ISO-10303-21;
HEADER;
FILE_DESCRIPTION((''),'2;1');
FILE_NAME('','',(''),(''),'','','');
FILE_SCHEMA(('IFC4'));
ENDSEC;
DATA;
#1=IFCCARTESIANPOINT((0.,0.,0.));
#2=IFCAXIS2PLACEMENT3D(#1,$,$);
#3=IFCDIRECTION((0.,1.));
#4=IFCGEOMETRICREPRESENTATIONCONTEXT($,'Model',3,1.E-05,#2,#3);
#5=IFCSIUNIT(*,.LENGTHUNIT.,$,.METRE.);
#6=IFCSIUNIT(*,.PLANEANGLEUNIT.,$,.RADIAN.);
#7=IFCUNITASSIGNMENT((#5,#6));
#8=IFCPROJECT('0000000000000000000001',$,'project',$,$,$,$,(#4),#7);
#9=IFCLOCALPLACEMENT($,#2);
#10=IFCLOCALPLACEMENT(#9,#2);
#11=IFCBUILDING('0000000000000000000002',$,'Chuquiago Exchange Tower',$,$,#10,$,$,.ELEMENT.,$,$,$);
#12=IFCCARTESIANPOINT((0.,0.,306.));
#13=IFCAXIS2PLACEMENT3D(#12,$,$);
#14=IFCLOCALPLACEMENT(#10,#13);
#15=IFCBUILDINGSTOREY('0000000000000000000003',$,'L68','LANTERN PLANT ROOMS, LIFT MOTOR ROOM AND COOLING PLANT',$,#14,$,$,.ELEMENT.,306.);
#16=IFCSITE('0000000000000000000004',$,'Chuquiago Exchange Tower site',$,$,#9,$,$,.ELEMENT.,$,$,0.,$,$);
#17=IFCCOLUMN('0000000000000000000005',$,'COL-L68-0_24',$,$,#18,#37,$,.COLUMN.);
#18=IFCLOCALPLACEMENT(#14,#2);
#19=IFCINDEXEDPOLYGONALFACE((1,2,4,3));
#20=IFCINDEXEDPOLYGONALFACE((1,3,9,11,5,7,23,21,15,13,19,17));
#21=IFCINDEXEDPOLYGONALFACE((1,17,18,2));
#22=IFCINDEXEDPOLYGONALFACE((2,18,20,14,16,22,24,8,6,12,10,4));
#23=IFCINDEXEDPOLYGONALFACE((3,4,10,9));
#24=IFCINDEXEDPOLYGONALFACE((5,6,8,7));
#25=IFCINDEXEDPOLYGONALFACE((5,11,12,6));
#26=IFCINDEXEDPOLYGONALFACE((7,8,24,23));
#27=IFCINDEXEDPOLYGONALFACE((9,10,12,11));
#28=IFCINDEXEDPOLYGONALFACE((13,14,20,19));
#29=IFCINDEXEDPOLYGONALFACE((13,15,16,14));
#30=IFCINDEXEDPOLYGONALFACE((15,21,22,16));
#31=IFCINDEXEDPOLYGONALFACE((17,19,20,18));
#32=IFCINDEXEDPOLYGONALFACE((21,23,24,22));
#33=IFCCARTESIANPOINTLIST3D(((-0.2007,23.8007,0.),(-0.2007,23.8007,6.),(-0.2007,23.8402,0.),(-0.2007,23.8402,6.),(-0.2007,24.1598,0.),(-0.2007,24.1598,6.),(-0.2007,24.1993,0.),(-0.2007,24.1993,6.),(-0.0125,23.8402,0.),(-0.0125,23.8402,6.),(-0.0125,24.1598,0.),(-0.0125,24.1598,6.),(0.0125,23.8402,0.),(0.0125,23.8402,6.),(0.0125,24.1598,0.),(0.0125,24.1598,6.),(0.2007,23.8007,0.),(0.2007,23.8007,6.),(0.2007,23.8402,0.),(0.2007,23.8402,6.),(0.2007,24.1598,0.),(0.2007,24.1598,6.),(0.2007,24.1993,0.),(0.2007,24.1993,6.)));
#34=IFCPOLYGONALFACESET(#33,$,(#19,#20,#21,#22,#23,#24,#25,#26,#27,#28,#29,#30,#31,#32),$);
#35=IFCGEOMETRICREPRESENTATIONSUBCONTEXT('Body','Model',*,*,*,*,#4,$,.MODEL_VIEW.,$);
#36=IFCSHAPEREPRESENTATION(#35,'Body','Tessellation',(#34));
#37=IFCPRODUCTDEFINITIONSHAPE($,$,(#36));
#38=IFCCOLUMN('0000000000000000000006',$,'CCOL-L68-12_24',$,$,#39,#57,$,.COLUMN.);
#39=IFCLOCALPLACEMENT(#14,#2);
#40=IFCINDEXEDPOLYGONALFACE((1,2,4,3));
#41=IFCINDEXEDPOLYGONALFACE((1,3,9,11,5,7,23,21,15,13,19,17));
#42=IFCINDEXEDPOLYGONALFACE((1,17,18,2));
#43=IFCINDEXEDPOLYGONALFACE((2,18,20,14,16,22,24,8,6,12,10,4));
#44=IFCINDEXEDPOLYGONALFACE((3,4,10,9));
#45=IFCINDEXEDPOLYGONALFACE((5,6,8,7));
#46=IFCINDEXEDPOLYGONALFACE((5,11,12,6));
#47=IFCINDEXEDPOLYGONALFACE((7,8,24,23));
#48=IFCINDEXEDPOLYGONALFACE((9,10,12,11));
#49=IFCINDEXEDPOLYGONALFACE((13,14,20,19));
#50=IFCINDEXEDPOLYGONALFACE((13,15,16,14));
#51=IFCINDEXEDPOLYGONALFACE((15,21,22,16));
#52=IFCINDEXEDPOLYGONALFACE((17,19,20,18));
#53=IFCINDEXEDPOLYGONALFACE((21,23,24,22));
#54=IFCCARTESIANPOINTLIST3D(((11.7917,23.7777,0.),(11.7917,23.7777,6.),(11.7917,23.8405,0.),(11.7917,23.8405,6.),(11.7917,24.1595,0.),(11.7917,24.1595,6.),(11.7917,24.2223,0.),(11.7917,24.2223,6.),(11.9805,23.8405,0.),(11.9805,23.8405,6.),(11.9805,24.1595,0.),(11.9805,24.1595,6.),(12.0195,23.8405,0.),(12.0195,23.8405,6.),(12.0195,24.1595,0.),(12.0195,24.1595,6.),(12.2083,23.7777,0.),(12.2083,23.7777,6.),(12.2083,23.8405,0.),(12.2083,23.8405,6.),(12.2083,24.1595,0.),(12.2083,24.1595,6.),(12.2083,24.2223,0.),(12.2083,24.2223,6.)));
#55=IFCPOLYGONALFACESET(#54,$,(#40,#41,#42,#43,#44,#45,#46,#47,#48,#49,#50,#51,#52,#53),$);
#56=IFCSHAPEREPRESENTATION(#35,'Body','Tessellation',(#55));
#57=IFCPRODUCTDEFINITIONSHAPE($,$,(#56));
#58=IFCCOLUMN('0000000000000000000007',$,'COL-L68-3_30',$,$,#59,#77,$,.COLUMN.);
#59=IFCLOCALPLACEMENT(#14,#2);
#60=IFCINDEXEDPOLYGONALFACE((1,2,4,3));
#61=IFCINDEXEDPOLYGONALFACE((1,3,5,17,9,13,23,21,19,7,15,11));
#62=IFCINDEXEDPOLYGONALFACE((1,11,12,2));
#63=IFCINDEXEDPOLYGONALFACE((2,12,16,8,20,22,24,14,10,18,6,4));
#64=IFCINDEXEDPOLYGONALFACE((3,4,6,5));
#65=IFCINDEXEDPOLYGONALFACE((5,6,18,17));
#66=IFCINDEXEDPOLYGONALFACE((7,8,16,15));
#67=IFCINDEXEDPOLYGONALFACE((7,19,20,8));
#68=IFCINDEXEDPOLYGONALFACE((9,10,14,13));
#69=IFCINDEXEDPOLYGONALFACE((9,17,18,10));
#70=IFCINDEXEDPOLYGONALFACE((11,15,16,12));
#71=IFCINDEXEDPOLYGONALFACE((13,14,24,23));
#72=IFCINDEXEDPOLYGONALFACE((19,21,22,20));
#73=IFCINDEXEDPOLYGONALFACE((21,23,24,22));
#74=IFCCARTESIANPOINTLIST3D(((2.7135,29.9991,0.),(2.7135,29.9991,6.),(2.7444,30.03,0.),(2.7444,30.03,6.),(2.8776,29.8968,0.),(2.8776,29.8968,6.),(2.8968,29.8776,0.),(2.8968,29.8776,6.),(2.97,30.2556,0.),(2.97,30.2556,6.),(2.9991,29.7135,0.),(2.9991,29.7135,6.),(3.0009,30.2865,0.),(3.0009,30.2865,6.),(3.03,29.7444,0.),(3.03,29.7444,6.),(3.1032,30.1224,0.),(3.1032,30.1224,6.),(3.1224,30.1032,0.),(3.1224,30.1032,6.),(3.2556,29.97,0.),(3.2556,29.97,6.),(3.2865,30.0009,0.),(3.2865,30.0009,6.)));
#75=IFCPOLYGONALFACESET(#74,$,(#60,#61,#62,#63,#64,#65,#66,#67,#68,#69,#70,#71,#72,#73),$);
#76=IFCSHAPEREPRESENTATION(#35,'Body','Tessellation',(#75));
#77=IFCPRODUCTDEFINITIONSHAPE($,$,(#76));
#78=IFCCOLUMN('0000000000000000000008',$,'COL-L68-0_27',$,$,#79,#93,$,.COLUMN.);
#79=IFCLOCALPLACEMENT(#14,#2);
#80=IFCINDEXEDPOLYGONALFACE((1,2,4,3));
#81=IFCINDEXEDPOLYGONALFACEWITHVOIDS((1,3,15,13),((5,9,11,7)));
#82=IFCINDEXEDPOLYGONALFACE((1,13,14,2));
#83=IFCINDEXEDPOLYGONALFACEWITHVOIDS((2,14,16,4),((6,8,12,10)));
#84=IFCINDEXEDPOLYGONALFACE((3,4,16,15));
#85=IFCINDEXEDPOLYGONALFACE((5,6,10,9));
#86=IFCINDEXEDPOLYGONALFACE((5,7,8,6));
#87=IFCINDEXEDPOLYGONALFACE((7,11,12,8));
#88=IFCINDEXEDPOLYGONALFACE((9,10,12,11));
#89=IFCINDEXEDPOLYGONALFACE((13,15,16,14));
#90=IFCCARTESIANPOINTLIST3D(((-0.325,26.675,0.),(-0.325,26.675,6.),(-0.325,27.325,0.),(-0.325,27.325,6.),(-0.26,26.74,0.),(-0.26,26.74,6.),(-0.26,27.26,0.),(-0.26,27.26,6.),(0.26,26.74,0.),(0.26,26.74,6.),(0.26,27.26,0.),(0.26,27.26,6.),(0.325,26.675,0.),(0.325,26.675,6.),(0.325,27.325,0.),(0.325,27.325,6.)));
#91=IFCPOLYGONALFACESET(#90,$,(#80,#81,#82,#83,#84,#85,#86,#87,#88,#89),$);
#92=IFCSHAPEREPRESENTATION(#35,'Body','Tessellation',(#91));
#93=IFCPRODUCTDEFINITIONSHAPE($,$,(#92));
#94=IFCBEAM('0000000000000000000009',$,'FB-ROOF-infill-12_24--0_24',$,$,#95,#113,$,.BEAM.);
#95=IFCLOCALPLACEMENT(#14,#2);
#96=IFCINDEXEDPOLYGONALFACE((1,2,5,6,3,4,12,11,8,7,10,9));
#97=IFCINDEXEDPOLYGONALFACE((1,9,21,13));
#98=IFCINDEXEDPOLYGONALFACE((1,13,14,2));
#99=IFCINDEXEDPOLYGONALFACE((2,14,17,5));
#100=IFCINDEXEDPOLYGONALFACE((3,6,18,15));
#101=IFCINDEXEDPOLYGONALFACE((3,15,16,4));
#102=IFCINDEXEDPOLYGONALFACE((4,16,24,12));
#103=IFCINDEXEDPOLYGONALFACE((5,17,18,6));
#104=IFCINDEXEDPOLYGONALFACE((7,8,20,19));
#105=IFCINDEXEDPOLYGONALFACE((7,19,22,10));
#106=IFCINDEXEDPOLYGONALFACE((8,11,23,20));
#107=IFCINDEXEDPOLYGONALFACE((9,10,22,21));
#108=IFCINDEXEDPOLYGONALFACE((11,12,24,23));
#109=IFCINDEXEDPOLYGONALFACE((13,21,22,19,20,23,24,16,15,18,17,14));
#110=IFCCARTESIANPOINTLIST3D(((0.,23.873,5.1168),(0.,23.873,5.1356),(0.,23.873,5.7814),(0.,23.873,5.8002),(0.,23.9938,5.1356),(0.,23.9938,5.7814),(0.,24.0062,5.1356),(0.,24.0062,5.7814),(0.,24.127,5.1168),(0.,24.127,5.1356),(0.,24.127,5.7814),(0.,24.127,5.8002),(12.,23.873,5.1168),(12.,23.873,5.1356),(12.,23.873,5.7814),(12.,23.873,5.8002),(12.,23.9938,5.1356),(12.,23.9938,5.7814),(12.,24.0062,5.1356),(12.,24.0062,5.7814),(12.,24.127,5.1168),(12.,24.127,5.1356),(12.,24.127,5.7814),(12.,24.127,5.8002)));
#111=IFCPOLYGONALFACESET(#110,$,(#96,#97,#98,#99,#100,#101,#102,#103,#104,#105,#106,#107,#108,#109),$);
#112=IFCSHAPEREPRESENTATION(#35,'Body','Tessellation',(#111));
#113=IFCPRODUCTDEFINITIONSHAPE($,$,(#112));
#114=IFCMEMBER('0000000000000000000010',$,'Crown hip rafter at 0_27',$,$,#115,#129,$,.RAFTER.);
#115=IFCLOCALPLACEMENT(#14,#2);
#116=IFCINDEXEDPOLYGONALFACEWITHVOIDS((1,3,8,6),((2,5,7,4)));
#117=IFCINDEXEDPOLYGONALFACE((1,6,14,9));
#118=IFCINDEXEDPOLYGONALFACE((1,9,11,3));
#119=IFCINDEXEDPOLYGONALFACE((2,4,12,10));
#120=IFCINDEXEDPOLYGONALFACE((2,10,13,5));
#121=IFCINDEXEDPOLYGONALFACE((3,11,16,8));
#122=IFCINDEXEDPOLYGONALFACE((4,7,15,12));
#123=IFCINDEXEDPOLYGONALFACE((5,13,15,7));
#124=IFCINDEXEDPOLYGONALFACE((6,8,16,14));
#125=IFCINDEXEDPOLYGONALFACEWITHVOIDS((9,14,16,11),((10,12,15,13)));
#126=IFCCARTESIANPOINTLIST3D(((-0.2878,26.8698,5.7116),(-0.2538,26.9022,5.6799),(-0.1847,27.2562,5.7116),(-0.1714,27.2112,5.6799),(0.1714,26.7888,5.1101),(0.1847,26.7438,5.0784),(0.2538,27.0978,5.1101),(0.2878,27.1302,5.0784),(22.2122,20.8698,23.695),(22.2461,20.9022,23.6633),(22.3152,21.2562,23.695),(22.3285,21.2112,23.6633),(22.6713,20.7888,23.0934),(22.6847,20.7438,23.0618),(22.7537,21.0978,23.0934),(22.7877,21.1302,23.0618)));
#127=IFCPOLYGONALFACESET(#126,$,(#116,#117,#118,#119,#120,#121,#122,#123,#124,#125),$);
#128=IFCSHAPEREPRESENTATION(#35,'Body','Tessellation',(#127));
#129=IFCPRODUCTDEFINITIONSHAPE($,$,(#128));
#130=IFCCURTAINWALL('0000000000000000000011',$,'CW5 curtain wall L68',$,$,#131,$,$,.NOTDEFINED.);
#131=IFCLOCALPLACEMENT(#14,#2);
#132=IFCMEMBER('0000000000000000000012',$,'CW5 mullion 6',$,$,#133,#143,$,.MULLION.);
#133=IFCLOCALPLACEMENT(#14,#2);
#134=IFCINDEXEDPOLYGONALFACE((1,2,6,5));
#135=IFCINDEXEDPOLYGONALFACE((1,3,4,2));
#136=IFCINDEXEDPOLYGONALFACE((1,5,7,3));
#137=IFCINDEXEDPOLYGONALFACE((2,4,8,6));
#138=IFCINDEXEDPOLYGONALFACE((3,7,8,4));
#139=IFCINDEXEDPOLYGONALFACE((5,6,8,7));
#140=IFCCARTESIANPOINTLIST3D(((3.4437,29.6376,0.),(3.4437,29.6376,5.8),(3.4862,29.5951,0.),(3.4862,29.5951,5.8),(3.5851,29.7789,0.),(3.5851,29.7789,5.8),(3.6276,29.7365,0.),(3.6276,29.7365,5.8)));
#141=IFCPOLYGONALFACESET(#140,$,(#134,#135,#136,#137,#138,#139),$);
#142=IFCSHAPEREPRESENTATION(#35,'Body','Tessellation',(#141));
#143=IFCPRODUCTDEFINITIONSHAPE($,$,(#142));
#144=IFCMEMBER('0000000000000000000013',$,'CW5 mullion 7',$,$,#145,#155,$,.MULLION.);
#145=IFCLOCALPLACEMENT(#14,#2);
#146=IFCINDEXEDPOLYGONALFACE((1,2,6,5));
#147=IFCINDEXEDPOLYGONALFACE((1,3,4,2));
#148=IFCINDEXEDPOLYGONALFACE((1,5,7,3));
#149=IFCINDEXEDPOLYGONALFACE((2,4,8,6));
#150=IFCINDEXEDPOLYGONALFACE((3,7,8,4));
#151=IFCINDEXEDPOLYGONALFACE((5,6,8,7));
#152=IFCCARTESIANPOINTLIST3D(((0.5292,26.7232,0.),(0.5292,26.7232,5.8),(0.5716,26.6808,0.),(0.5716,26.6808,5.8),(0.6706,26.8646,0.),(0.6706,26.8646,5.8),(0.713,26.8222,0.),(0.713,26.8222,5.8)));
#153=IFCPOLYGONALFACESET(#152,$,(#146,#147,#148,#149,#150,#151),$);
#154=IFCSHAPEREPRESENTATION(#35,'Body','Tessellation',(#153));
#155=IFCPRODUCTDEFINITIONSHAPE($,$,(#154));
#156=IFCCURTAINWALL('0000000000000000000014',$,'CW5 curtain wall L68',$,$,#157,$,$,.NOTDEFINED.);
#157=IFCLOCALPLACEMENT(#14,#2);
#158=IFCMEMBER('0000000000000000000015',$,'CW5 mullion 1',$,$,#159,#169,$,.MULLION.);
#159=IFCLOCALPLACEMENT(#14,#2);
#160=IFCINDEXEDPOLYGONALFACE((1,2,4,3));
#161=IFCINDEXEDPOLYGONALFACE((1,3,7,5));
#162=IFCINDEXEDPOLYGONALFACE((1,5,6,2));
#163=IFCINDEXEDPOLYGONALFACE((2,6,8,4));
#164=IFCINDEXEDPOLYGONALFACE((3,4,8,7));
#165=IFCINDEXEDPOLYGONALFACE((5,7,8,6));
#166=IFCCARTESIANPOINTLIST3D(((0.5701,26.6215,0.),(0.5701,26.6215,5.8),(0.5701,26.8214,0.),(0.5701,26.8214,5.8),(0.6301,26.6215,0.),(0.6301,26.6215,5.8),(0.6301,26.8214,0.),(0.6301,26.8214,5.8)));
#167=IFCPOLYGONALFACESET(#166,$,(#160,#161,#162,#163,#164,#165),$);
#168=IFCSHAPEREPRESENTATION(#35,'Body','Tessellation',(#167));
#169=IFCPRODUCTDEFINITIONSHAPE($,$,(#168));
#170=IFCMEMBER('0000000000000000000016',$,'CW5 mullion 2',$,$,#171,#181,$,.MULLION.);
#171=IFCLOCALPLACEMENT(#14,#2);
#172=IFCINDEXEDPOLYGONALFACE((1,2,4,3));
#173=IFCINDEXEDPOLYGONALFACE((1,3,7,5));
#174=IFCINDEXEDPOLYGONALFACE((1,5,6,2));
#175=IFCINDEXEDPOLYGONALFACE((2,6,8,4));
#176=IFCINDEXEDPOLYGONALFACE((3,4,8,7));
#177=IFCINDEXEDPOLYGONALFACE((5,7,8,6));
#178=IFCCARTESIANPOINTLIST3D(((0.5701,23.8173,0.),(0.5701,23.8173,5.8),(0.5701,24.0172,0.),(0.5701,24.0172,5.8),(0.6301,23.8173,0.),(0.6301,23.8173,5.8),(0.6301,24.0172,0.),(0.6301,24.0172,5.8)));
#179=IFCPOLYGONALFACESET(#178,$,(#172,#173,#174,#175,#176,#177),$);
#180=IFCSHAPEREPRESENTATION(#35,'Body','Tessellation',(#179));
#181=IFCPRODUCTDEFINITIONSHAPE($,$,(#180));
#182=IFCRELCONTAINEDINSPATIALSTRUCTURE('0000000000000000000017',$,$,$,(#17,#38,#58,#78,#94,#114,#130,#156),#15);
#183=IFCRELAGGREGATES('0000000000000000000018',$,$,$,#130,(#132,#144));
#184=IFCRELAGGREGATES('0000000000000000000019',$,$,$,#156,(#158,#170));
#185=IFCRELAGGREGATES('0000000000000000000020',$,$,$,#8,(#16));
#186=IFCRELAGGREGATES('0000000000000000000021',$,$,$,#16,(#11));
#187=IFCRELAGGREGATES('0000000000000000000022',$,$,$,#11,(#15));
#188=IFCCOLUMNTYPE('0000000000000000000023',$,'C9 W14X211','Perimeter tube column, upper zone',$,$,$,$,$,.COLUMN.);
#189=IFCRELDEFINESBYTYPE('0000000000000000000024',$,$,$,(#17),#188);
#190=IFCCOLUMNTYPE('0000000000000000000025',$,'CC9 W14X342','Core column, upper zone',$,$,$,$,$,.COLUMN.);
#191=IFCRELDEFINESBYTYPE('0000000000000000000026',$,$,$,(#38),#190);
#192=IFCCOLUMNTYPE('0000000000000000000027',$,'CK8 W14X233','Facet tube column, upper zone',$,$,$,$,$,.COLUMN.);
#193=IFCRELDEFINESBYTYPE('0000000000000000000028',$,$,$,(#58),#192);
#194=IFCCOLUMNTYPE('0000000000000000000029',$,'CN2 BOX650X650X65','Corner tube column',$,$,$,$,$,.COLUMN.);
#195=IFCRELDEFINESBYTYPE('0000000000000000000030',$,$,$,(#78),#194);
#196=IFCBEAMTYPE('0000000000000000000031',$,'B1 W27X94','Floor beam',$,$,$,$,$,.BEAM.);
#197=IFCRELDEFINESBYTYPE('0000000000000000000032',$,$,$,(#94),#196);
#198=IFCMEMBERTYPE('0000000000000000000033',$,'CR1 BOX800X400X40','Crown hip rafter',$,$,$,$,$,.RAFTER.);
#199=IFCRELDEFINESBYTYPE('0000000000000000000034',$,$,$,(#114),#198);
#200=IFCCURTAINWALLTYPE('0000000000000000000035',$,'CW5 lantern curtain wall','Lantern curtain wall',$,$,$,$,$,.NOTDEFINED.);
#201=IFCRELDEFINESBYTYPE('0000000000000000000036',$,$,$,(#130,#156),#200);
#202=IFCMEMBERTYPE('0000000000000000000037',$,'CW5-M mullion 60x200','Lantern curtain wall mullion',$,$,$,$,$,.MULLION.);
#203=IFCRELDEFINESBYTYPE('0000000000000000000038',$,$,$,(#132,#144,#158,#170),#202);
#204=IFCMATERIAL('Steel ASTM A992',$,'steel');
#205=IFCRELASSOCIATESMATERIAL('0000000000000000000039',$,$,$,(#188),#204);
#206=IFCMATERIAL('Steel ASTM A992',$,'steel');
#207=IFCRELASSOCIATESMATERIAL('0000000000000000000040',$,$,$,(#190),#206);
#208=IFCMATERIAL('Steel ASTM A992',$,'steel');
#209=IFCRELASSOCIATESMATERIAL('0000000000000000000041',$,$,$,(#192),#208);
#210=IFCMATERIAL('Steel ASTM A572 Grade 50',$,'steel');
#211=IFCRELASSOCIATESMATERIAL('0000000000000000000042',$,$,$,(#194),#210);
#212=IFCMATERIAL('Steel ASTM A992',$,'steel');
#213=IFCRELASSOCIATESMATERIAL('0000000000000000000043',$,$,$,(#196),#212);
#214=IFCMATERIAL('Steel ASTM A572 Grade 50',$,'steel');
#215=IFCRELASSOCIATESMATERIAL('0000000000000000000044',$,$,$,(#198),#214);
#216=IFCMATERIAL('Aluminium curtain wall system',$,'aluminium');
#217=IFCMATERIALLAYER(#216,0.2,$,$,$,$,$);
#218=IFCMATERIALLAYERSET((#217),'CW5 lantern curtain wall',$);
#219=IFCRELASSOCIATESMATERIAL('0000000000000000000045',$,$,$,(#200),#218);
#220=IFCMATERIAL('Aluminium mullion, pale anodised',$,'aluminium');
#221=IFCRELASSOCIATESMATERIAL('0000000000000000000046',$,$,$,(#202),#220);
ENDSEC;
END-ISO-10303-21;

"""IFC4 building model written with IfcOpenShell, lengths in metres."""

from ifc_helpers import new_model, si_unit, direction, frame, origin, origin_2d, place, context, subcontext, project, spatial, rectangle, hollow_rectangle, i_section, extrude, material, layer, layer_set, material_profile, profile_set, type_object, element, aggregate, save


model = new_model("IFC4")

# Units and contexts
model_context = context("Model", 3, precision=1e-05, world=origin(), true_north=direction((0.0, 1.0)))
body_context = subcontext(model_context, "Body", "Model", "MODEL_VIEW")
ifc_project = project(units=[si_unit("LENGTHUNIT", "METRE"), si_unit("PLANEANGLEUNIT", "RADIAN")], contexts=[model_context])

# Site, building, storey
site_placement = place(None, origin())
site = spatial("IfcSite", under=ifc_project, at=site_placement, Name="Chuquiago Exchange Tower site", CompositionType="ELEMENT", RefElevation=0.0)
building_placement = place(site_placement, origin())
building = spatial("IfcBuilding", under=site, at=building_placement, Name="Chuquiago Exchange Tower", CompositionType="ELEMENT")
storey_placement = place(building_placement, frame((0.0, 0.0, 306.0)))
storey = spatial("IfcBuildingStorey", under=building, at=storey_placement, Name="L68", Description="LANTERN PLANT ROOMS, LIFT MOTOR ROOM AND COOLING PLANT", CompositionType="ELEMENT", Elevation=306.0)

# Columns
ifc_material_1 = material(Name="Steel ASTM A992", Category="steel")
ifc_material_profile_1 = material_profile(ifc_material_1, i_section(OverallWidth=0.4014, OverallDepth=0.3987, WebThickness=0.0249, FlangeThickness=0.0396, at=origin_2d()), Name="W14X211")
ifc_profile_set_1 = profile_set([ifc_material_profile_1], Name="Steel ASTM A992")
column_type_1 = type_object("IfcColumnType", Name="C9 W14X211", Description="Perimeter tube column, upper zone", PredefinedType="COLUMN", material=ifc_profile_set_1)
column_1_placement = place(storey_placement, frame((0.0, 24.0, 0.0), z_axis=(0.0, 0.0, 1.0), x_axis=(-1.0, 0.0, 0.0)))
element("IfcColumn", 1, at=column_1_placement, inside=storey, type_object=column_type_1, Name="COL-L68-0_24", PredefinedType="COLUMN", context=body_context, shape_type="SweptSolid", body=[
    extrude(i_section(OverallWidth=0.4014, OverallDepth=0.3987, WebThickness=0.0249, FlangeThickness=0.0396, at=origin_2d()), origin(), (0.0, 0.0, 1.0), 6.0),
])
ifc_material_2 = material(Name="Steel ASTM A992", Category="steel")
ifc_material_profile_2 = material_profile(ifc_material_2, i_section(OverallWidth=0.4165, OverallDepth=0.4446, WebThickness=0.0391, FlangeThickness=0.0627, at=origin_2d()), Name="W14X342")
ifc_profile_set_2 = profile_set([ifc_material_profile_2], Name="Steel ASTM A992")
column_type_2 = type_object("IfcColumnType", Name="CC9 W14X342", Description="Core column, upper zone", PredefinedType="COLUMN", material=ifc_profile_set_2)
column_2_placement = place(storey_placement, frame((12.0, 24.0, 0.0), z_axis=(0.0, 0.0, 1.0), x_axis=(1.0, 0.0, 0.0)))
element("IfcColumn", 2, at=column_2_placement, inside=storey, type_object=column_type_2, Name="CCOL-L68-12_24", PredefinedType="COLUMN", context=body_context, shape_type="SweptSolid", body=[
    extrude(i_section(OverallWidth=0.4165, OverallDepth=0.4446, WebThickness=0.0391, FlangeThickness=0.0627, at=origin_2d()), origin(), (0.0, 0.0, 1.0), 6.0),
])
ifc_material_3 = material(Name="Steel ASTM A992", Category="steel")
ifc_material_profile_3 = material_profile(ifc_material_3, i_section(OverallWidth=0.4038, OverallDepth=0.4065, WebThickness=0.0271, FlangeThickness=0.0437, at=origin_2d()), Name="W14X233")
ifc_profile_set_3 = profile_set([ifc_material_profile_3], Name="Steel ASTM A992")
column_type_3 = type_object("IfcColumnType", Name="CK8 W14X233", Description="Facet tube column, upper zone", PredefinedType="COLUMN", material=ifc_profile_set_3)
column_3_placement = place(storey_placement, frame((3.0, 30.0, 0.0), z_axis=(0.0, 0.0, 1.0), x_axis=(-0.707107, 0.707107, 0.0)))
element("IfcColumn", 3, at=column_3_placement, inside=storey, type_object=column_type_3, Name="COL-L68-3_30", PredefinedType="COLUMN", context=body_context, shape_type="SweptSolid", body=[
    extrude(i_section(OverallWidth=0.4038, OverallDepth=0.4065, WebThickness=0.0271, FlangeThickness=0.0437, at=origin_2d()), origin(), (0.0, 0.0, 1.0), 6.0),
])
ifc_material_4 = material(Name="Steel ASTM A572 Grade 50", Category="steel")
ifc_material_profile_4 = material_profile(ifc_material_4, hollow_rectangle(XDim=0.6499, YDim=0.6499, WallThickness=0.0649, at=origin_2d()), Name="BOX650X650X65")
ifc_profile_set_4 = profile_set([ifc_material_profile_4], Name="Steel ASTM A572 Grade 50")
column_type_4 = type_object("IfcColumnType", Name="CN2 BOX650X650X65", Description="Corner tube column", PredefinedType="COLUMN", material=ifc_profile_set_4)
column_4_placement = place(storey_placement, frame((0.0, 27.0, 0.0), z_axis=(0.0, 0.0, 1.0), x_axis=(-1.0, 0.0, 0.0)))
element("IfcColumn", 4, at=column_4_placement, inside=storey, type_object=column_type_4, Name="COL-L68-0_27", PredefinedType="COLUMN", context=body_context, shape_type="SweptSolid", body=[
    extrude(hollow_rectangle(XDim=0.6499, YDim=0.6499, WallThickness=0.0649, at=origin_2d()), origin(), (0.0, 0.0, 1.0), 6.0),
])

# Beam
ifc_material_5 = material(Name="Steel ASTM A992", Category="steel")
ifc_material_profile_5 = material_profile(ifc_material_5, i_section(OverallWidth=0.2539, OverallDepth=0.6833, WebThickness=0.0125, FlangeThickness=0.0188, at=origin_2d()), Name="W27X94")
ifc_profile_set_5 = profile_set([ifc_material_profile_5], Name="Steel ASTM A992")
beam_type_1 = type_object("IfcBeamType", Name="B1 W27X94", Description="Floor beam", PredefinedType="BEAM", material=ifc_profile_set_5)
beam_1_placement = place(storey_placement, frame((12.0, 24.0, 5.4585), z_axis=(-1.0, 0.0, 0.0), x_axis=(0.0, -1.0, 0.0)))
element("IfcBeam", 5, at=beam_1_placement, inside=storey, type_object=beam_type_1, Name="FB-ROOF-infill-12_24--0_24", PredefinedType="BEAM", context=body_context, shape_type="SweptSolid", body=[
    extrude(i_section(OverallWidth=0.2539, OverallDepth=0.6833, WebThickness=0.0125, FlangeThickness=0.0188, at=origin_2d()), origin(), (0.0, 0.0, 1.0), 12.0),
])

# Member
ifc_material_6 = material(Name="Steel ASTM A572 Grade 50", Category="steel")
ifc_material_profile_6 = material_profile(ifc_material_6, hollow_rectangle(XDim=0.3999, YDim=0.8, WallThickness=0.04, at=origin_2d()), Name="BOX800X400X40")
ifc_profile_set_6 = profile_set([ifc_material_profile_6], Name="Steel ASTM A572 Grade 50")
member_type_1 = type_object("IfcMemberType", Name="CR1 BOX800X400X40", Description="Crown hip rafter", PredefinedType="RAFTER", material=ifc_profile_set_6)
member_1_placement = place(storey_placement, frame((0.0, 27.0, 5.395), z_axis=(0.764735, -0.203929, 0.611223), x_axis=(0.257663, 0.966235, 0.0)))
element("IfcMember", 6, at=member_1_placement, inside=storey, type_object=member_type_1, Name="Crown hip rafter at 0_27", PredefinedType="RAFTER", context=body_context, shape_type="SweptSolid", body=[
    extrude(hollow_rectangle(XDim=0.3999, YDim=0.8, WallThickness=0.04, at=origin_2d()), origin(), (0.0, 0.0, 1.0), 29.4219),
])

# Curtain walls, members
ifc_material_7 = material(Name="Aluminium curtain wall system", Category="aluminium")
ifc_layer_1 = layer(ifc_material_7, 0.2)
ifc_layer_set_1 = layer_set([ifc_layer_1], Name="CW5 lantern curtain wall")
curtain_wall_type = type_object("IfcCurtainWallType", Name="CW5 lantern curtain wall", Description="Lantern curtain wall", PredefinedType="NOTDEFINED", material=ifc_layer_set_1)
curtain_wall_1_placement = place(storey_placement, origin())
curtain_wall_1 = element("IfcCurtainWall", 7, at=curtain_wall_1_placement, inside=storey, type_object=curtain_wall_type, Name="CW5 curtain wall L68", PredefinedType="NOTDEFINED")
ifc_material_8 = material(Name="Aluminium mullion, pale anodised", Category="aluminium")
ifc_material_profile_7 = material_profile(ifc_material_8, rectangle(XDim=0.0601, YDim=0.2, at=origin_2d()), Name="AL 60x200")
ifc_profile_set_7 = profile_set([ifc_material_profile_7], Name="Aluminium mullion, pale anodised")
member_type_2 = type_object("IfcMemberType", Name="CW5-M mullion 60x200", Description="Lantern curtain wall mullion", PredefinedType="MULLION", material=ifc_profile_set_7)
member_2_placement = place(storey_placement, frame((3.5356, 29.687, 0.0), z_axis=(0.0, 0.0, 1.0), x_axis=(0.707105, -0.707109, 0.0)))
member_2 = element("IfcMember", 8, at=member_2_placement, type_object=member_type_2, Name="CW5 mullion 6", PredefinedType="MULLION", context=body_context, shape_type="SweptSolid", body=[
    extrude(rectangle(XDim=0.0601, YDim=0.2, at=origin_2d()), origin(), (0.0, 0.0, 1.0), 5.8),
])
member_3_placement = place(storey_placement, frame((0.6211, 26.7727, 0.0), z_axis=(0.0, 0.0, 1.0), x_axis=(0.707105, -0.707109, 0.0)))
member_3 = element("IfcMember", 9, at=member_3_placement, type_object=member_type_2, Name="CW5 mullion 7", PredefinedType="MULLION", context=body_context, shape_type="SweptSolid", body=[
    extrude(rectangle(XDim=0.0601, YDim=0.2, at=origin_2d()), origin(), (0.0, 0.0, 1.0), 5.8),
])
curtain_wall_2_placement = place(storey_placement, origin())
curtain_wall_2 = element("IfcCurtainWall", 10, at=curtain_wall_2_placement, inside=storey, type_object=curtain_wall_type, Name="CW5 curtain wall L68", PredefinedType="NOTDEFINED")
member_4_placement = place(storey_placement, frame((0.6001, 26.7214, 0.0), z_axis=(0.0, 0.0, 1.0), x_axis=(1.0, 0.0, 0.0)))
member_4 = element("IfcMember", 11, at=member_4_placement, type_object=member_type_2, Name="CW5 mullion 1", PredefinedType="MULLION", context=body_context, shape_type="SweptSolid", body=[
    extrude(rectangle(XDim=0.0601, YDim=0.2, at=origin_2d()), origin(), (0.0, 0.0, 1.0), 5.8),
])
member_5_placement = place(storey_placement, frame((0.6001, 23.9172, 0.0), z_axis=(0.0, 0.0, 1.0), x_axis=(1.0, 0.0, 0.0)))
member_5 = element("IfcMember", 12, at=member_5_placement, type_object=member_type_2, Name="CW5 mullion 2", PredefinedType="MULLION", context=body_context, shape_type="SweptSolid", body=[
    extrude(rectangle(XDim=0.0601, YDim=0.2, at=origin_2d()), origin(), (0.0, 0.0, 1.0), 5.8),
])

aggregate(curtain_wall_1, [member_2, member_3])
aggregate(curtain_wall_2, [member_4, member_5])

save(model, "model.ifc")
